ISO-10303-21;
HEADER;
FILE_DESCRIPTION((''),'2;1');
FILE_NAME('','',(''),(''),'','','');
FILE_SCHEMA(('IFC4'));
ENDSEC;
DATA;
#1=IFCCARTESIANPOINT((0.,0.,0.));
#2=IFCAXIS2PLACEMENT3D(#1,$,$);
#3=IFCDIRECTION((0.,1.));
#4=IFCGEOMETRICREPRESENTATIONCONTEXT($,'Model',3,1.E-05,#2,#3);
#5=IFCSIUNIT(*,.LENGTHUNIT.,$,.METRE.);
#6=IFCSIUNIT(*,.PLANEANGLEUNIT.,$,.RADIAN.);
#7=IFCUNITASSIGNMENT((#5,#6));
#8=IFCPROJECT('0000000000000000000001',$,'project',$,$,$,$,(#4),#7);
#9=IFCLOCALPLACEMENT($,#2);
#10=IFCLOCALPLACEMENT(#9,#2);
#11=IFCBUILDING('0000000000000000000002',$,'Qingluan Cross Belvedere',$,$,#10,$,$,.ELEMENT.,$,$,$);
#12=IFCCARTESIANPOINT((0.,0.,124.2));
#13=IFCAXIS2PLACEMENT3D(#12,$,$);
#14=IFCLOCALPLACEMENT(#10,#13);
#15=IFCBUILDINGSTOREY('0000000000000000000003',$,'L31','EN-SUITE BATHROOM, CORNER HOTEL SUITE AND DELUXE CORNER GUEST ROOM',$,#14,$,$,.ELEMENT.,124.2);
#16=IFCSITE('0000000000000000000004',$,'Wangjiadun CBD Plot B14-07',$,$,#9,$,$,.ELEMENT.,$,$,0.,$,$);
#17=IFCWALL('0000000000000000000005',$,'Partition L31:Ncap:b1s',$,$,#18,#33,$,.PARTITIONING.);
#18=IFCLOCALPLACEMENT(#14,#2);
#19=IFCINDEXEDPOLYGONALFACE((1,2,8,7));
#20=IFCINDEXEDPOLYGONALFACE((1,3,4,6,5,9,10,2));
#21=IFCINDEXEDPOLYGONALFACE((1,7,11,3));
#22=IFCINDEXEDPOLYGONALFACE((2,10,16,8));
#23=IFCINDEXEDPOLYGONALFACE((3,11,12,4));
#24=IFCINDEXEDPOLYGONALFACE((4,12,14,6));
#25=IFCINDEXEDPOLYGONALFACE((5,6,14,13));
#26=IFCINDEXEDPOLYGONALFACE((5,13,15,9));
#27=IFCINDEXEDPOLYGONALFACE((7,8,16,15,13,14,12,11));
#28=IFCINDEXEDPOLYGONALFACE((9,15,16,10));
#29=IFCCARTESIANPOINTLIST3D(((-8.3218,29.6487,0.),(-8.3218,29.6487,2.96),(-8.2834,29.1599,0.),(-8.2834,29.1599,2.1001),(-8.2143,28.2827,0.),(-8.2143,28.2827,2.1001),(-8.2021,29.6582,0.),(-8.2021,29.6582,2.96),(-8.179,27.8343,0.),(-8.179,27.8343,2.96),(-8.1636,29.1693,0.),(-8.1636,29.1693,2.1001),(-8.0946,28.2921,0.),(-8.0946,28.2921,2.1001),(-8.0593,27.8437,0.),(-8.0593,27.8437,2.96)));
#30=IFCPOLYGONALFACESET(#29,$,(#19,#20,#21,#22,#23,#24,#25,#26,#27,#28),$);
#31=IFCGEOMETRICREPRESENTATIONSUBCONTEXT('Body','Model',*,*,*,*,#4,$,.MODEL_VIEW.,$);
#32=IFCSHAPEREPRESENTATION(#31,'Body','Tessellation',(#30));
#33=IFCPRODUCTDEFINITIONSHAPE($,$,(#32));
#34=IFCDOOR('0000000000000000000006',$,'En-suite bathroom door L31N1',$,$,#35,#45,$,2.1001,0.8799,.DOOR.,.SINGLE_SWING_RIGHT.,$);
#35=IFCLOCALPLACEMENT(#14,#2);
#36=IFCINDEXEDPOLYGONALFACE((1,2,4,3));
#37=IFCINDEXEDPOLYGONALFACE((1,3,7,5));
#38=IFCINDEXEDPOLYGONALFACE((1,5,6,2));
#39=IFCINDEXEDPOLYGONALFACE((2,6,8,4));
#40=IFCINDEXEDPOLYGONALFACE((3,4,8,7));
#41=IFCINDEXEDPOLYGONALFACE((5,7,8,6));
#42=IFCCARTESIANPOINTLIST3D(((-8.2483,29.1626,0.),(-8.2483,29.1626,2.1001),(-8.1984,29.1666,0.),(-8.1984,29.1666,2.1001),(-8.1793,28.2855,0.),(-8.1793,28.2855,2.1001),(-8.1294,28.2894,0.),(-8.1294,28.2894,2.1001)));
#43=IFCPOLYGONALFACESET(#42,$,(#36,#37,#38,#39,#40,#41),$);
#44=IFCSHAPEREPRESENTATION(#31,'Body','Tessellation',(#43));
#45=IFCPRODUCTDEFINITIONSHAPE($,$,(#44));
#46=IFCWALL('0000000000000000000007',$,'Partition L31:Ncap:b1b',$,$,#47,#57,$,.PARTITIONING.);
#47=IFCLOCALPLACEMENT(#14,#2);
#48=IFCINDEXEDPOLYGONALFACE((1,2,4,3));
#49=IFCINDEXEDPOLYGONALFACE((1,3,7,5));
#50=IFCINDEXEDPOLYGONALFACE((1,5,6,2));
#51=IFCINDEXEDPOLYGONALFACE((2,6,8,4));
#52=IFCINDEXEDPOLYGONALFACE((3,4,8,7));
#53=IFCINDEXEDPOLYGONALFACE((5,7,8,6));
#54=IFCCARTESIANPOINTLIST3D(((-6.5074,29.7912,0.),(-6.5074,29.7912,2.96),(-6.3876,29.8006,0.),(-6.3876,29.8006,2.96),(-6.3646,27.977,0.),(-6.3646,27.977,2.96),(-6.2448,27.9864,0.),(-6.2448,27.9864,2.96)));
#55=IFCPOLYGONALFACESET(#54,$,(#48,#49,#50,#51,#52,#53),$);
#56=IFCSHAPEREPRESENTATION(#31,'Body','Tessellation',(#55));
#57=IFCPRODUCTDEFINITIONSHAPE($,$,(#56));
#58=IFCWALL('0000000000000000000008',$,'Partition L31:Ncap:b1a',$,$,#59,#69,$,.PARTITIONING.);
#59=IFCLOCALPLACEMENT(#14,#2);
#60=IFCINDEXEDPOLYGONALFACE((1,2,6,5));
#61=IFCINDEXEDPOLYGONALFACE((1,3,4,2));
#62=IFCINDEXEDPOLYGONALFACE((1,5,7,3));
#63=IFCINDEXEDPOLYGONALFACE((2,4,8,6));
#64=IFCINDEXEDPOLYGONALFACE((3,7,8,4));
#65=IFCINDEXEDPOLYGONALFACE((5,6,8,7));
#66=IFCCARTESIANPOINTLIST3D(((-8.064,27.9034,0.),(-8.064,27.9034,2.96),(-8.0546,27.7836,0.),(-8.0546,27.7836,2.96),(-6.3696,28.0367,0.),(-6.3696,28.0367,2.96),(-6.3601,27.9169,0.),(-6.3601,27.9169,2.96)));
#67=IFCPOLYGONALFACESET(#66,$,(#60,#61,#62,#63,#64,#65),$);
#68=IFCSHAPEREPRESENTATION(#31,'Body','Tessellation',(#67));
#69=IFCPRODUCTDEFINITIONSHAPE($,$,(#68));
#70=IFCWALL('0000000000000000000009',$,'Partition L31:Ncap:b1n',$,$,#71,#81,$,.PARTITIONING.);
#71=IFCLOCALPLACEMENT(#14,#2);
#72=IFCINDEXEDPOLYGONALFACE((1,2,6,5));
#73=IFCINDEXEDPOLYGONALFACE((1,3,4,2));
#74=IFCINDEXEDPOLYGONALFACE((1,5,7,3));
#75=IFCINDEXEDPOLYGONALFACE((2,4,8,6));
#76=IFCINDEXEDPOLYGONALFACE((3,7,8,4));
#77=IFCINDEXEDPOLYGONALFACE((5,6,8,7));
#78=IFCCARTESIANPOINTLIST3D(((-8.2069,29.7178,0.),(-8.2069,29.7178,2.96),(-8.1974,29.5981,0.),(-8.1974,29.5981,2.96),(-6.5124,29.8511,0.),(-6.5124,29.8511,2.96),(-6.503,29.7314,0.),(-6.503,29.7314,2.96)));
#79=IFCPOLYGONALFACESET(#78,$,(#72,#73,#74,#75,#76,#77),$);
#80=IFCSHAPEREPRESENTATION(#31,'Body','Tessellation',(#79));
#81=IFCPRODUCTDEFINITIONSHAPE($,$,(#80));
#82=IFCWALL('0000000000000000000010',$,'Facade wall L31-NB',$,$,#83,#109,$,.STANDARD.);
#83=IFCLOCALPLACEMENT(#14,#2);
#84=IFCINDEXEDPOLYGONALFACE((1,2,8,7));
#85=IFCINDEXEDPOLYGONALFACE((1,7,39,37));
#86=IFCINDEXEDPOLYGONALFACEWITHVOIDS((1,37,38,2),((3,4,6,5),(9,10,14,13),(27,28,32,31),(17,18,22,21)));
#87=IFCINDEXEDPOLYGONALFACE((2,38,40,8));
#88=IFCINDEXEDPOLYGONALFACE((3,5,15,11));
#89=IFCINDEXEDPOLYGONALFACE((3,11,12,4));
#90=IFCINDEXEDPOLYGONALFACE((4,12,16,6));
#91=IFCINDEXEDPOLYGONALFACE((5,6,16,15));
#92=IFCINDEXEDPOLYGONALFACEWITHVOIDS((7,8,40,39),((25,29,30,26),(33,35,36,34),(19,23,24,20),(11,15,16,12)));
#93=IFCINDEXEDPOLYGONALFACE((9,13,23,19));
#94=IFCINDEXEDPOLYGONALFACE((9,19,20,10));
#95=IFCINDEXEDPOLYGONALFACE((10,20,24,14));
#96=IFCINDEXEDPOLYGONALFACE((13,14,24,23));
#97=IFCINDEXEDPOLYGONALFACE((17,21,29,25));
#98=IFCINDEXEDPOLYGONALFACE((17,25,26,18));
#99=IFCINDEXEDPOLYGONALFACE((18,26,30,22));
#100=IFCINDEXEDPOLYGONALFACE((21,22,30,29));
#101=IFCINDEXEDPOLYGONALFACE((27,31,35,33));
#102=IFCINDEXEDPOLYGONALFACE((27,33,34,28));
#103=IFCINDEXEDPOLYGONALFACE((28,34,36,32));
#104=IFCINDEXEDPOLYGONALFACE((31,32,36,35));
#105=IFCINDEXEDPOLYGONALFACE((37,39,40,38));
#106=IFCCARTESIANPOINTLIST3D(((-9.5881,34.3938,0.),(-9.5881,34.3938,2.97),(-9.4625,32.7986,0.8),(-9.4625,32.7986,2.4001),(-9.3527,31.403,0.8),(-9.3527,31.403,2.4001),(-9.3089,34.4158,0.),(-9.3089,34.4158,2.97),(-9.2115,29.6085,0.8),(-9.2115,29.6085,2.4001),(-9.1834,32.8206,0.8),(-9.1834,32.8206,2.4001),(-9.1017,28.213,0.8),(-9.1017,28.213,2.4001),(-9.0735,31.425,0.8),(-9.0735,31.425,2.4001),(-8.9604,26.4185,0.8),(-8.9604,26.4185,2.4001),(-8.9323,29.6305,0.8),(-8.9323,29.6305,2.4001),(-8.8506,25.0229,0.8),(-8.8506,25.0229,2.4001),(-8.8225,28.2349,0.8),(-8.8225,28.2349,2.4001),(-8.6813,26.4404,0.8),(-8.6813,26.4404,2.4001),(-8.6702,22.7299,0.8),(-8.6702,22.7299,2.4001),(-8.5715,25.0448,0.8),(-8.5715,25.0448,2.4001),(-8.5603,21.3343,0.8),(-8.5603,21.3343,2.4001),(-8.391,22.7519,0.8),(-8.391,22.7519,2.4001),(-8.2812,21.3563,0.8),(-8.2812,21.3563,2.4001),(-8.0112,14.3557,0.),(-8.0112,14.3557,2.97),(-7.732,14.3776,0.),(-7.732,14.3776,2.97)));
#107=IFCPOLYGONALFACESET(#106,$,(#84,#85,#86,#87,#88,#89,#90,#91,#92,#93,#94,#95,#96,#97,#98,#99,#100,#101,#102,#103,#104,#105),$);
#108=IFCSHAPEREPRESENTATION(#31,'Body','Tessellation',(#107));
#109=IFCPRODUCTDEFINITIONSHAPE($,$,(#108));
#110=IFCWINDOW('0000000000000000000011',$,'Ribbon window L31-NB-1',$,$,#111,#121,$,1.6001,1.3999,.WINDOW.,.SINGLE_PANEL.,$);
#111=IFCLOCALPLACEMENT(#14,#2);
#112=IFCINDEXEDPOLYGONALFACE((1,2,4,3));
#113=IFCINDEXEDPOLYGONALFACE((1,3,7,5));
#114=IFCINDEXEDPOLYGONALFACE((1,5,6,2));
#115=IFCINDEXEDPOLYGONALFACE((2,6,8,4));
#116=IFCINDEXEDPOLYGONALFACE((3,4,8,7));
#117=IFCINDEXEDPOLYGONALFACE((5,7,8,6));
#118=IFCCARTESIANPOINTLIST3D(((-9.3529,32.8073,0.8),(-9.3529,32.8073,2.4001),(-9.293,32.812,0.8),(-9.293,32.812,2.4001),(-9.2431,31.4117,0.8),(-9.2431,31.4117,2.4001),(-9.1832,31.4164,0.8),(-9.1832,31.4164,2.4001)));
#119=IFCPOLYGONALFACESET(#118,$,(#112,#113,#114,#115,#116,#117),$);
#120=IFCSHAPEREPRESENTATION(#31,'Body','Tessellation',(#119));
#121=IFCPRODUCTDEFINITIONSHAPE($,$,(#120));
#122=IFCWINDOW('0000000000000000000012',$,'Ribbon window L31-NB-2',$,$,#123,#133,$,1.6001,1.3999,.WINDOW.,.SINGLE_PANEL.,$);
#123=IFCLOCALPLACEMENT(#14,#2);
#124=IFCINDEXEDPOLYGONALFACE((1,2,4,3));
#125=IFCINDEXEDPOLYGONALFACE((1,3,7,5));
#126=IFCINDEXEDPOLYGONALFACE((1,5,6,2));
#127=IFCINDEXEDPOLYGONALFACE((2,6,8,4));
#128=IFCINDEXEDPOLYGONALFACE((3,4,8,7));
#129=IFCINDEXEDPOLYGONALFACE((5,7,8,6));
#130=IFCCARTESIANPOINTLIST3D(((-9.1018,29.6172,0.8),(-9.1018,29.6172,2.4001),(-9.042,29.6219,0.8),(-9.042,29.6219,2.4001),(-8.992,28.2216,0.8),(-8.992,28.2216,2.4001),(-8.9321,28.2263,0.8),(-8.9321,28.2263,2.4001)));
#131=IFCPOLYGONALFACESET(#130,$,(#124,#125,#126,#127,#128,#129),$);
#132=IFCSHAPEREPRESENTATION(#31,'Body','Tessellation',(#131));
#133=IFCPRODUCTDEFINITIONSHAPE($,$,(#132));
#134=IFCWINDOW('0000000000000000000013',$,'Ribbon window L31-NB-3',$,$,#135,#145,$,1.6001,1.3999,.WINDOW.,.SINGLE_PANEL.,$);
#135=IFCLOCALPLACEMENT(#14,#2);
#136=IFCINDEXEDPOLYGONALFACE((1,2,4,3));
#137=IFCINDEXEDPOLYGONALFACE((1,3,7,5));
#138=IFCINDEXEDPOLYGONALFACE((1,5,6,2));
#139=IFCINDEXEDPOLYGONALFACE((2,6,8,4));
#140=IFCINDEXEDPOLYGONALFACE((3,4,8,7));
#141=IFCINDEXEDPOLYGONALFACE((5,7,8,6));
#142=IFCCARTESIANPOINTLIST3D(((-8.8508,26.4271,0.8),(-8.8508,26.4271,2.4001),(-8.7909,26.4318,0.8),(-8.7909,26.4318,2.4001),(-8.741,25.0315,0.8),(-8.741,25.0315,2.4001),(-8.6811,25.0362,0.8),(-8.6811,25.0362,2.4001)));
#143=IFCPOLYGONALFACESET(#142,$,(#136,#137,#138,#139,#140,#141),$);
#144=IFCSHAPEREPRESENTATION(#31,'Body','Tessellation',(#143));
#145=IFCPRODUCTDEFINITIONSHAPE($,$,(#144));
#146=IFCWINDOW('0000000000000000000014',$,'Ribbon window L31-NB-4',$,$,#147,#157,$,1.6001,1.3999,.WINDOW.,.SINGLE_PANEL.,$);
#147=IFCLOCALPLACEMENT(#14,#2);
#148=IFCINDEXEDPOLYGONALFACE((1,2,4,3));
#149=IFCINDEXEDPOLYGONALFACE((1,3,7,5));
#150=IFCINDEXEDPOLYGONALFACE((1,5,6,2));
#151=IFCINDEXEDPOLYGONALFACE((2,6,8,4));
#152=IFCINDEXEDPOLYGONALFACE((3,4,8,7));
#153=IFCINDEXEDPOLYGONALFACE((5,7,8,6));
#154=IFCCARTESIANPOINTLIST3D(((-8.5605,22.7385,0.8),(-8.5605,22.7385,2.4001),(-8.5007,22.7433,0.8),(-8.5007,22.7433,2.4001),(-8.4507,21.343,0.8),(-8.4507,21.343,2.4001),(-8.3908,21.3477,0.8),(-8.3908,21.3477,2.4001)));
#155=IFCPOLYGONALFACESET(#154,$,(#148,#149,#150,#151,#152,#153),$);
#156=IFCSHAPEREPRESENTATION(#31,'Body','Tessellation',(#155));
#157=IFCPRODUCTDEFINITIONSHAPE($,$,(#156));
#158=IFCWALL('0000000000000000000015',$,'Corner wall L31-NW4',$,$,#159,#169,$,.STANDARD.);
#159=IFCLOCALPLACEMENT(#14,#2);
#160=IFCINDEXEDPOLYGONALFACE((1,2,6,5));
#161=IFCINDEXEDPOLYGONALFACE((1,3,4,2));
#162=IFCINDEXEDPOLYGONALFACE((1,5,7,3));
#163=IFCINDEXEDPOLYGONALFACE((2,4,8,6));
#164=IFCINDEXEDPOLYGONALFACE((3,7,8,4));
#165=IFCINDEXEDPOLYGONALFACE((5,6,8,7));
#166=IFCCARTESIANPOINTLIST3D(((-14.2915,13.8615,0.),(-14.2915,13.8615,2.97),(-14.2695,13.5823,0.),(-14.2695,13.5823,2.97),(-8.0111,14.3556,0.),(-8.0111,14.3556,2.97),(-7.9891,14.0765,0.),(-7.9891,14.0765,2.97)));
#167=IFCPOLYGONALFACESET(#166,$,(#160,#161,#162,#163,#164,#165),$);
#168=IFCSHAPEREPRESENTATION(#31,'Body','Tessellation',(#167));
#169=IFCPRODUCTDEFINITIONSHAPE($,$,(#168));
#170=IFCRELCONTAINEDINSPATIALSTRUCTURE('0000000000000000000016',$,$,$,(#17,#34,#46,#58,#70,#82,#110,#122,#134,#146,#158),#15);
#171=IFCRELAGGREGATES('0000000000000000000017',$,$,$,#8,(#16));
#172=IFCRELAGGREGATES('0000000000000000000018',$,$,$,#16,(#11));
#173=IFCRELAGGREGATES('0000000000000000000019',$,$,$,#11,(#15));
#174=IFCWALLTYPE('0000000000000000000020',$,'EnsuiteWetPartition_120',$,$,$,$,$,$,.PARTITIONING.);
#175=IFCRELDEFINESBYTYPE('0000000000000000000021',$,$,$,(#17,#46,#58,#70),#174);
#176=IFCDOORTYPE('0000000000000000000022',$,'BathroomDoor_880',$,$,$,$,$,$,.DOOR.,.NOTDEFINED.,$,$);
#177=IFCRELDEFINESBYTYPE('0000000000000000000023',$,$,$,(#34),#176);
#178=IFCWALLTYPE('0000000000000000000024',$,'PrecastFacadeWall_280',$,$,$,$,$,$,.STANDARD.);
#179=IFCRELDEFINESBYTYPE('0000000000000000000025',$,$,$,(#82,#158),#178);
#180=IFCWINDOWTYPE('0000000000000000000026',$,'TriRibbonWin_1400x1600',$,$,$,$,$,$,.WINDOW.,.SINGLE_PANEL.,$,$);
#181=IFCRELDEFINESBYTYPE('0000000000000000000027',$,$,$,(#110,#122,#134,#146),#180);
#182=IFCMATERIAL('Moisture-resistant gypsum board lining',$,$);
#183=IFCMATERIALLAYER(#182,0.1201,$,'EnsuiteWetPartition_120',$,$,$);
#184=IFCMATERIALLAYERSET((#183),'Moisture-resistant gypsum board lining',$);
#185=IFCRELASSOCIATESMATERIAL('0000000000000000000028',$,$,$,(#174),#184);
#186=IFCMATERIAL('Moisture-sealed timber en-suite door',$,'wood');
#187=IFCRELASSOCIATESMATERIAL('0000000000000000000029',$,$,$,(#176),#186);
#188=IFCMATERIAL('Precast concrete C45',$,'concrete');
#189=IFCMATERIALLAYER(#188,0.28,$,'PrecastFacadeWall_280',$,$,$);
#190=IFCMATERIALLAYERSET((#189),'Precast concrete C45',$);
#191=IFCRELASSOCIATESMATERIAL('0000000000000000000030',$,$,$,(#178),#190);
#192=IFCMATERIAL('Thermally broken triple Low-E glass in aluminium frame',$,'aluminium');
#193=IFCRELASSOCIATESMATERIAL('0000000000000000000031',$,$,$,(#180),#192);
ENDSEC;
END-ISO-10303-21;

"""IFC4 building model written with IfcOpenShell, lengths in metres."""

from ifc_helpers import new_model, si_unit, direction, frame, frame_2d, origin, place, context, subcontext, project, spatial, rectangle, extrude, material, layer, layer_set, type_object, element, fill, save


model = new_model("IFC4")

# Units and contexts
model_context = context("Model", 3, precision=1e-05, world=origin(), true_north=direction((0.0, 1.0)))
body_context = subcontext(model_context, "Body", "Model", "MODEL_VIEW")
ifc_project = project(units=[si_unit("LENGTHUNIT", "METRE"), si_unit("PLANEANGLEUNIT", "RADIAN")], contexts=[model_context])

# Site, building, storey
site_placement = place(None, origin())
site = spatial("IfcSite", under=ifc_project, at=site_placement, Name="Wangjiadun CBD Plot B14-07", CompositionType="ELEMENT", RefElevation=0.0)
building_placement = place(site_placement, origin())
building = spatial("IfcBuilding", under=site, at=building_placement, Name="Qingluan Cross Belvedere", CompositionType="ELEMENT")
storey_placement = place(building_placement, frame((0.0, 0.0, 124.2)))
storey = spatial("IfcBuildingStorey", under=building, at=storey_placement, Name="L31", Description="EN-SUITE BATHROOM, CORNER HOTEL SUITE AND DELUXE CORNER GUEST ROOM", CompositionType="ELEMENT", Elevation=124.2)

# Shared definitions
ifc_material_1 = material(Name="Moisture-resistant gypsum board lining")
ifc_layer_1 = layer(ifc_material_1, 0.1201, Name="EnsuiteWetPartition_120")
ifc_layer_set_1 = layer_set([ifc_layer_1], Name="Moisture-resistant gypsum board lining")
wall_type_1 = type_object("IfcWallType", Name="EnsuiteWetPartition_120", PredefinedType="PARTITIONING", material=ifc_layer_set_1)
ifc_material_2 = material(Name="Moisture-sealed timber en-suite door", Category="wood")
door_type_1 = type_object("IfcDoorType", Name="BathroomDoor_880", OperationType="NOTDEFINED", PredefinedType="DOOR", material=ifc_material_2)

# Wall, opening, door
wall_1_placement = place(storey_placement, frame((-8.1191, 27.8389, 0.0), z_axis=(0.0, 0.0, 1.0), x_axis=(-0.078471, 0.996916, 0.0)))
wall_1 = element("IfcWall", 1, at=wall_1_placement, inside=storey, type_object=wall_type_1, Name="Partition L31:Ncap:b1s", PredefinedType="PARTITIONING", context=body_context, shape_type="SweptSolid", body=[
    extrude(rectangle(XDim=1.8201, YDim=0.1201, at=frame_2d((0.9102, 0.0))), origin(), (0.0, 0.0, 1.0), 2.96),
])
opening_1_placement = place(wall_1_placement, frame((0.45, 0.0, 0.0)))
opening_1 = element("IfcOpeningElement", 2, at=opening_1_placement, cuts=wall_1, PredefinedType="OPENING", context=body_context, shape_type="SweptSolid", body=[
    extrude(rectangle(XDim=0.8799, YDim=2.1001, at=frame_2d((0.4399, 1.05))), frame((0.0, 0.0701, 0.0), z_axis=(0.0, -1.0, 0.0), x_axis=(1.0, 0.0, 0.0)), (0.0, 0.0, 1.0), 0.1401),
])
door_1_placement = place(opening_1_placement, origin())
door_1 = element("IfcDoor", 3, at=door_1_placement, inside=storey, type_object=door_type_1, Name="En-suite bathroom door L31N1", OperationType="SINGLE_SWING_RIGHT", OverallHeight=2.1001, OverallWidth=0.8799, PredefinedType="DOOR", context=body_context, shape_type="SweptSolid", body=[
    extrude(rectangle(XDim=0.8799, YDim=2.1001, at=frame_2d((0.4399, 1.05))), frame((0.0, 0.0249, 0.0), z_axis=(0.0, -1.0, 0.0), x_axis=(1.0, 0.0, 0.0)), (0.0, 0.0, 1.0), 0.05),
])
fill(opening_1, door_1)

# Walls
wall_2_placement = place(storey_placement, frame((-6.3047, 27.9817, 0.0), z_axis=(0.0, 0.0, 1.0), x_axis=(-0.078481, 0.996916, 0.0)))
element("IfcWall", 4, at=wall_2_placement, inside=storey, type_object=wall_type_1, Name="Partition L31:Ncap:b1b", PredefinedType="PARTITIONING", context=body_context, shape_type="SweptSolid", body=[
    extrude(rectangle(XDim=1.8198, YDim=0.1201, at=frame_2d((0.9099, 0.0))), origin(), (0.0, 0.0, 1.0), 2.96),
])
for number, where, z_axis, x_axis, name in (
    (5, (-8.0593, 27.8435, 0.0), (0.0, 0.0, 1.0), (0.99692, 0.078421, 0.0), "Partition L31:Ncap:b1a"),
    (6, (-8.2021, 29.658, 0.0), (0.0, 0.0, 1.0), (0.99692, 0.078421, 0.0), "Partition L31:Ncap:b1n"),
):
    element("IfcWall", number, at=place(storey_placement, frame(where, z_axis=z_axis, x_axis=x_axis)), inside=storey, type_object=wall_type_1, Name=name, PredefinedType="PARTITIONING", context=body_context, shape_type="SweptSolid", body=[
        extrude(rectangle(XDim=1.6997, YDim=0.1201, at=frame_2d((0.8499, 0.0))), origin(), (0.0, 0.0, 1.0), 2.96),
    ])

# Wall, openings, windows
ifc_material_3 = material(Name="Precast concrete C45", Category="concrete")
ifc_layer_2 = layer(ifc_material_3, 0.28, Name="PrecastFacadeWall_280")
ifc_layer_set_2 = layer_set([ifc_layer_2], Name="Precast concrete C45")
wall_type_2 = type_object("IfcWallType", Name="PrecastFacadeWall_280", PredefinedType="STANDARD", material=ifc_layer_set_2)
wall_3_placement = place(storey_placement, frame((-9.4485, 34.4048, 0.0), z_axis=(0.0, 0.0, 1.0), x_axis=(0.078453, -0.996918, 0.0)))
wall_3 = element("IfcWall", 7, at=wall_3_placement, inside=storey, type_object=wall_type_2, Name="Facade wall L31-NB", PredefinedType="STANDARD", context=body_context, shape_type="SweptSolid", body=[
    extrude(rectangle(XDim=20.1001, YDim=0.28, at=frame_2d((10.05, 0.0))), origin(), (0.0, 0.0, 1.0), 2.97),
])
opening_2_placement = place(wall_3_placement, frame((1.6001, 0.0, 0.8)))
opening_2 = element("IfcOpeningElement", 8, at=opening_2_placement, cuts=wall_3, PredefinedType="OPENING", context=body_context, shape_type="SweptSolid", body=[
    extrude(rectangle(XDim=1.3999, YDim=1.6001, at=frame_2d((0.7, 0.8))), frame((0.0, 0.1499, 0.0), z_axis=(0.0, -1.0, 0.0), x_axis=(1.0, 0.0, 0.0)), (0.0, 0.0, 1.0), 0.3),
])
opening_3_placement = place(wall_3_placement, frame((4.8, 0.0, 0.8)))
opening_3 = element("IfcOpeningElement", 9, at=opening_3_placement, cuts=wall_3, PredefinedType="OPENING", context=body_context, shape_type="SweptSolid", body=[
    extrude(rectangle(XDim=1.3999, YDim=1.6001, at=frame_2d((0.7, 0.8))), frame((0.0, 0.1499, 0.0), z_axis=(0.0, -1.0, 0.0), x_axis=(1.0, 0.0, 0.0)), (0.0, 0.0, 1.0), 0.3),
])
opening_4_placement = place(wall_3_placement, frame((8.0, 0.0, 0.8)))
opening_4 = element("IfcOpeningElement", 10, at=opening_4_placement, cuts=wall_3, PredefinedType="OPENING", context=body_context, shape_type="SweptSolid", body=[
    extrude(rectangle(XDim=1.3999, YDim=1.6001, at=frame_2d((0.7, 0.8))), frame((0.0, 0.1499, 0.0), z_axis=(0.0, -1.0, 0.0), x_axis=(1.0, 0.0, 0.0)), (0.0, 0.0, 1.0), 0.3),
])
opening_5_placement = place(wall_3_placement, frame((11.7, 0.0, 0.8)))
opening_5 = element("IfcOpeningElement", 11, at=opening_5_placement, cuts=wall_3, PredefinedType="OPENING", context=body_context, shape_type="SweptSolid", body=[
    extrude(rectangle(XDim=1.3999, YDim=1.6001, at=frame_2d((0.7, 0.8))), frame((0.0, 0.1499, 0.0), z_axis=(0.0, -1.0, 0.0), x_axis=(1.0, 0.0, 0.0)), (0.0, 0.0, 1.0), 0.3),
])
ifc_material_4 = material(Name="Thermally broken triple Low-E glass in aluminium frame", Category="aluminium")
window_type = type_object("IfcWindowType", Name="TriRibbonWin_1400x1600", PartitioningType="SINGLE_PANEL", PredefinedType="WINDOW", material=ifc_material_4)
window_1_placement = place(opening_2_placement, origin())
window_1 = element("IfcWindow", 12, at=window_1_placement, inside=storey, type_object=window_type, Name="Ribbon window L31-NB-1", OverallHeight=1.6001, OverallWidth=1.3999, PartitioningType="SINGLE_PANEL", PredefinedType="WINDOW", context=body_context, shape_type="SweptSolid", body=[
    extrude(rectangle(XDim=1.3999, YDim=1.6001, at=frame_2d((0.7, 0.8))), frame((0.0, 0.03, 0.0), z_axis=(0.0, -1.0, 0.0), x_axis=(1.0, 0.0, 0.0)), (0.0, 0.0, 1.0), 0.0601),
])
fill(opening_2, window_1)
window_2_placement = place(opening_3_placement, origin())
window_2 = element("IfcWindow", 13, at=window_2_placement, inside=storey, type_object=window_type, Name="Ribbon window L31-NB-2", OverallHeight=1.6001, OverallWidth=1.3999, PartitioningType="SINGLE_PANEL", PredefinedType="WINDOW", context=body_context, shape_type="SweptSolid", body=[
    extrude(rectangle(XDim=1.3999, YDim=1.6001, at=frame_2d((0.7, 0.8))), frame((0.0, 0.03, 0.0), z_axis=(0.0, -1.0, 0.0), x_axis=(1.0, 0.0, 0.0)), (0.0, 0.0, 1.0), 0.0601),
])
fill(opening_3, window_2)
window_3_placement = place(opening_4_placement, origin())
window_3 = element("IfcWindow", 14, at=window_3_placement, inside=storey, type_object=window_type, Name="Ribbon window L31-NB-3", OverallHeight=1.6001, OverallWidth=1.3999, PartitioningType="SINGLE_PANEL", PredefinedType="WINDOW", context=body_context, shape_type="SweptSolid", body=[
    extrude(rectangle(XDim=1.3999, YDim=1.6001, at=frame_2d((0.7, 0.8))), frame((0.0, 0.03, 0.0), z_axis=(0.0, -1.0, 0.0), x_axis=(1.0, 0.0, 0.0)), (0.0, 0.0, 1.0), 0.0601),
])
fill(opening_4, window_3)
window_4_placement = place(opening_5_placement, origin())
window_4 = element("IfcWindow", 15, at=window_4_placement, inside=storey, type_object=window_type, Name="Ribbon window L31-NB-4", OverallHeight=1.6001, OverallWidth=1.3999, PartitioningType="SINGLE_PANEL", PredefinedType="WINDOW", context=body_context, shape_type="SweptSolid", body=[
    extrude(rectangle(XDim=1.3999, YDim=1.6001, at=frame_2d((0.7, 0.8))), frame((0.0, 0.03, 0.0), z_axis=(0.0, -1.0, 0.0), x_axis=(1.0, 0.0, 0.0)), (0.0, 0.0, 1.0), 0.0601),
])
fill(opening_5, window_4)

# Wall
wall_4_placement = place(storey_placement, frame((-14.2805, 13.7219, 0.0), z_axis=(0.0, 0.0, 1.0), x_axis=(0.996919, 0.078436, 0.0)))
element("IfcWall", 16, at=wall_4_placement, inside=storey, type_object=wall_type_2, Name="Corner wall L31-NW4", PredefinedType="STANDARD", context=body_context, shape_type="SweptSolid", body=[
    extrude(rectangle(XDim=6.2998, YDim=0.28, at=frame_2d((3.1499, 0.0))), origin(), (0.0, 0.0, 1.0), 2.97),
])

save(model, "model.ifc")
